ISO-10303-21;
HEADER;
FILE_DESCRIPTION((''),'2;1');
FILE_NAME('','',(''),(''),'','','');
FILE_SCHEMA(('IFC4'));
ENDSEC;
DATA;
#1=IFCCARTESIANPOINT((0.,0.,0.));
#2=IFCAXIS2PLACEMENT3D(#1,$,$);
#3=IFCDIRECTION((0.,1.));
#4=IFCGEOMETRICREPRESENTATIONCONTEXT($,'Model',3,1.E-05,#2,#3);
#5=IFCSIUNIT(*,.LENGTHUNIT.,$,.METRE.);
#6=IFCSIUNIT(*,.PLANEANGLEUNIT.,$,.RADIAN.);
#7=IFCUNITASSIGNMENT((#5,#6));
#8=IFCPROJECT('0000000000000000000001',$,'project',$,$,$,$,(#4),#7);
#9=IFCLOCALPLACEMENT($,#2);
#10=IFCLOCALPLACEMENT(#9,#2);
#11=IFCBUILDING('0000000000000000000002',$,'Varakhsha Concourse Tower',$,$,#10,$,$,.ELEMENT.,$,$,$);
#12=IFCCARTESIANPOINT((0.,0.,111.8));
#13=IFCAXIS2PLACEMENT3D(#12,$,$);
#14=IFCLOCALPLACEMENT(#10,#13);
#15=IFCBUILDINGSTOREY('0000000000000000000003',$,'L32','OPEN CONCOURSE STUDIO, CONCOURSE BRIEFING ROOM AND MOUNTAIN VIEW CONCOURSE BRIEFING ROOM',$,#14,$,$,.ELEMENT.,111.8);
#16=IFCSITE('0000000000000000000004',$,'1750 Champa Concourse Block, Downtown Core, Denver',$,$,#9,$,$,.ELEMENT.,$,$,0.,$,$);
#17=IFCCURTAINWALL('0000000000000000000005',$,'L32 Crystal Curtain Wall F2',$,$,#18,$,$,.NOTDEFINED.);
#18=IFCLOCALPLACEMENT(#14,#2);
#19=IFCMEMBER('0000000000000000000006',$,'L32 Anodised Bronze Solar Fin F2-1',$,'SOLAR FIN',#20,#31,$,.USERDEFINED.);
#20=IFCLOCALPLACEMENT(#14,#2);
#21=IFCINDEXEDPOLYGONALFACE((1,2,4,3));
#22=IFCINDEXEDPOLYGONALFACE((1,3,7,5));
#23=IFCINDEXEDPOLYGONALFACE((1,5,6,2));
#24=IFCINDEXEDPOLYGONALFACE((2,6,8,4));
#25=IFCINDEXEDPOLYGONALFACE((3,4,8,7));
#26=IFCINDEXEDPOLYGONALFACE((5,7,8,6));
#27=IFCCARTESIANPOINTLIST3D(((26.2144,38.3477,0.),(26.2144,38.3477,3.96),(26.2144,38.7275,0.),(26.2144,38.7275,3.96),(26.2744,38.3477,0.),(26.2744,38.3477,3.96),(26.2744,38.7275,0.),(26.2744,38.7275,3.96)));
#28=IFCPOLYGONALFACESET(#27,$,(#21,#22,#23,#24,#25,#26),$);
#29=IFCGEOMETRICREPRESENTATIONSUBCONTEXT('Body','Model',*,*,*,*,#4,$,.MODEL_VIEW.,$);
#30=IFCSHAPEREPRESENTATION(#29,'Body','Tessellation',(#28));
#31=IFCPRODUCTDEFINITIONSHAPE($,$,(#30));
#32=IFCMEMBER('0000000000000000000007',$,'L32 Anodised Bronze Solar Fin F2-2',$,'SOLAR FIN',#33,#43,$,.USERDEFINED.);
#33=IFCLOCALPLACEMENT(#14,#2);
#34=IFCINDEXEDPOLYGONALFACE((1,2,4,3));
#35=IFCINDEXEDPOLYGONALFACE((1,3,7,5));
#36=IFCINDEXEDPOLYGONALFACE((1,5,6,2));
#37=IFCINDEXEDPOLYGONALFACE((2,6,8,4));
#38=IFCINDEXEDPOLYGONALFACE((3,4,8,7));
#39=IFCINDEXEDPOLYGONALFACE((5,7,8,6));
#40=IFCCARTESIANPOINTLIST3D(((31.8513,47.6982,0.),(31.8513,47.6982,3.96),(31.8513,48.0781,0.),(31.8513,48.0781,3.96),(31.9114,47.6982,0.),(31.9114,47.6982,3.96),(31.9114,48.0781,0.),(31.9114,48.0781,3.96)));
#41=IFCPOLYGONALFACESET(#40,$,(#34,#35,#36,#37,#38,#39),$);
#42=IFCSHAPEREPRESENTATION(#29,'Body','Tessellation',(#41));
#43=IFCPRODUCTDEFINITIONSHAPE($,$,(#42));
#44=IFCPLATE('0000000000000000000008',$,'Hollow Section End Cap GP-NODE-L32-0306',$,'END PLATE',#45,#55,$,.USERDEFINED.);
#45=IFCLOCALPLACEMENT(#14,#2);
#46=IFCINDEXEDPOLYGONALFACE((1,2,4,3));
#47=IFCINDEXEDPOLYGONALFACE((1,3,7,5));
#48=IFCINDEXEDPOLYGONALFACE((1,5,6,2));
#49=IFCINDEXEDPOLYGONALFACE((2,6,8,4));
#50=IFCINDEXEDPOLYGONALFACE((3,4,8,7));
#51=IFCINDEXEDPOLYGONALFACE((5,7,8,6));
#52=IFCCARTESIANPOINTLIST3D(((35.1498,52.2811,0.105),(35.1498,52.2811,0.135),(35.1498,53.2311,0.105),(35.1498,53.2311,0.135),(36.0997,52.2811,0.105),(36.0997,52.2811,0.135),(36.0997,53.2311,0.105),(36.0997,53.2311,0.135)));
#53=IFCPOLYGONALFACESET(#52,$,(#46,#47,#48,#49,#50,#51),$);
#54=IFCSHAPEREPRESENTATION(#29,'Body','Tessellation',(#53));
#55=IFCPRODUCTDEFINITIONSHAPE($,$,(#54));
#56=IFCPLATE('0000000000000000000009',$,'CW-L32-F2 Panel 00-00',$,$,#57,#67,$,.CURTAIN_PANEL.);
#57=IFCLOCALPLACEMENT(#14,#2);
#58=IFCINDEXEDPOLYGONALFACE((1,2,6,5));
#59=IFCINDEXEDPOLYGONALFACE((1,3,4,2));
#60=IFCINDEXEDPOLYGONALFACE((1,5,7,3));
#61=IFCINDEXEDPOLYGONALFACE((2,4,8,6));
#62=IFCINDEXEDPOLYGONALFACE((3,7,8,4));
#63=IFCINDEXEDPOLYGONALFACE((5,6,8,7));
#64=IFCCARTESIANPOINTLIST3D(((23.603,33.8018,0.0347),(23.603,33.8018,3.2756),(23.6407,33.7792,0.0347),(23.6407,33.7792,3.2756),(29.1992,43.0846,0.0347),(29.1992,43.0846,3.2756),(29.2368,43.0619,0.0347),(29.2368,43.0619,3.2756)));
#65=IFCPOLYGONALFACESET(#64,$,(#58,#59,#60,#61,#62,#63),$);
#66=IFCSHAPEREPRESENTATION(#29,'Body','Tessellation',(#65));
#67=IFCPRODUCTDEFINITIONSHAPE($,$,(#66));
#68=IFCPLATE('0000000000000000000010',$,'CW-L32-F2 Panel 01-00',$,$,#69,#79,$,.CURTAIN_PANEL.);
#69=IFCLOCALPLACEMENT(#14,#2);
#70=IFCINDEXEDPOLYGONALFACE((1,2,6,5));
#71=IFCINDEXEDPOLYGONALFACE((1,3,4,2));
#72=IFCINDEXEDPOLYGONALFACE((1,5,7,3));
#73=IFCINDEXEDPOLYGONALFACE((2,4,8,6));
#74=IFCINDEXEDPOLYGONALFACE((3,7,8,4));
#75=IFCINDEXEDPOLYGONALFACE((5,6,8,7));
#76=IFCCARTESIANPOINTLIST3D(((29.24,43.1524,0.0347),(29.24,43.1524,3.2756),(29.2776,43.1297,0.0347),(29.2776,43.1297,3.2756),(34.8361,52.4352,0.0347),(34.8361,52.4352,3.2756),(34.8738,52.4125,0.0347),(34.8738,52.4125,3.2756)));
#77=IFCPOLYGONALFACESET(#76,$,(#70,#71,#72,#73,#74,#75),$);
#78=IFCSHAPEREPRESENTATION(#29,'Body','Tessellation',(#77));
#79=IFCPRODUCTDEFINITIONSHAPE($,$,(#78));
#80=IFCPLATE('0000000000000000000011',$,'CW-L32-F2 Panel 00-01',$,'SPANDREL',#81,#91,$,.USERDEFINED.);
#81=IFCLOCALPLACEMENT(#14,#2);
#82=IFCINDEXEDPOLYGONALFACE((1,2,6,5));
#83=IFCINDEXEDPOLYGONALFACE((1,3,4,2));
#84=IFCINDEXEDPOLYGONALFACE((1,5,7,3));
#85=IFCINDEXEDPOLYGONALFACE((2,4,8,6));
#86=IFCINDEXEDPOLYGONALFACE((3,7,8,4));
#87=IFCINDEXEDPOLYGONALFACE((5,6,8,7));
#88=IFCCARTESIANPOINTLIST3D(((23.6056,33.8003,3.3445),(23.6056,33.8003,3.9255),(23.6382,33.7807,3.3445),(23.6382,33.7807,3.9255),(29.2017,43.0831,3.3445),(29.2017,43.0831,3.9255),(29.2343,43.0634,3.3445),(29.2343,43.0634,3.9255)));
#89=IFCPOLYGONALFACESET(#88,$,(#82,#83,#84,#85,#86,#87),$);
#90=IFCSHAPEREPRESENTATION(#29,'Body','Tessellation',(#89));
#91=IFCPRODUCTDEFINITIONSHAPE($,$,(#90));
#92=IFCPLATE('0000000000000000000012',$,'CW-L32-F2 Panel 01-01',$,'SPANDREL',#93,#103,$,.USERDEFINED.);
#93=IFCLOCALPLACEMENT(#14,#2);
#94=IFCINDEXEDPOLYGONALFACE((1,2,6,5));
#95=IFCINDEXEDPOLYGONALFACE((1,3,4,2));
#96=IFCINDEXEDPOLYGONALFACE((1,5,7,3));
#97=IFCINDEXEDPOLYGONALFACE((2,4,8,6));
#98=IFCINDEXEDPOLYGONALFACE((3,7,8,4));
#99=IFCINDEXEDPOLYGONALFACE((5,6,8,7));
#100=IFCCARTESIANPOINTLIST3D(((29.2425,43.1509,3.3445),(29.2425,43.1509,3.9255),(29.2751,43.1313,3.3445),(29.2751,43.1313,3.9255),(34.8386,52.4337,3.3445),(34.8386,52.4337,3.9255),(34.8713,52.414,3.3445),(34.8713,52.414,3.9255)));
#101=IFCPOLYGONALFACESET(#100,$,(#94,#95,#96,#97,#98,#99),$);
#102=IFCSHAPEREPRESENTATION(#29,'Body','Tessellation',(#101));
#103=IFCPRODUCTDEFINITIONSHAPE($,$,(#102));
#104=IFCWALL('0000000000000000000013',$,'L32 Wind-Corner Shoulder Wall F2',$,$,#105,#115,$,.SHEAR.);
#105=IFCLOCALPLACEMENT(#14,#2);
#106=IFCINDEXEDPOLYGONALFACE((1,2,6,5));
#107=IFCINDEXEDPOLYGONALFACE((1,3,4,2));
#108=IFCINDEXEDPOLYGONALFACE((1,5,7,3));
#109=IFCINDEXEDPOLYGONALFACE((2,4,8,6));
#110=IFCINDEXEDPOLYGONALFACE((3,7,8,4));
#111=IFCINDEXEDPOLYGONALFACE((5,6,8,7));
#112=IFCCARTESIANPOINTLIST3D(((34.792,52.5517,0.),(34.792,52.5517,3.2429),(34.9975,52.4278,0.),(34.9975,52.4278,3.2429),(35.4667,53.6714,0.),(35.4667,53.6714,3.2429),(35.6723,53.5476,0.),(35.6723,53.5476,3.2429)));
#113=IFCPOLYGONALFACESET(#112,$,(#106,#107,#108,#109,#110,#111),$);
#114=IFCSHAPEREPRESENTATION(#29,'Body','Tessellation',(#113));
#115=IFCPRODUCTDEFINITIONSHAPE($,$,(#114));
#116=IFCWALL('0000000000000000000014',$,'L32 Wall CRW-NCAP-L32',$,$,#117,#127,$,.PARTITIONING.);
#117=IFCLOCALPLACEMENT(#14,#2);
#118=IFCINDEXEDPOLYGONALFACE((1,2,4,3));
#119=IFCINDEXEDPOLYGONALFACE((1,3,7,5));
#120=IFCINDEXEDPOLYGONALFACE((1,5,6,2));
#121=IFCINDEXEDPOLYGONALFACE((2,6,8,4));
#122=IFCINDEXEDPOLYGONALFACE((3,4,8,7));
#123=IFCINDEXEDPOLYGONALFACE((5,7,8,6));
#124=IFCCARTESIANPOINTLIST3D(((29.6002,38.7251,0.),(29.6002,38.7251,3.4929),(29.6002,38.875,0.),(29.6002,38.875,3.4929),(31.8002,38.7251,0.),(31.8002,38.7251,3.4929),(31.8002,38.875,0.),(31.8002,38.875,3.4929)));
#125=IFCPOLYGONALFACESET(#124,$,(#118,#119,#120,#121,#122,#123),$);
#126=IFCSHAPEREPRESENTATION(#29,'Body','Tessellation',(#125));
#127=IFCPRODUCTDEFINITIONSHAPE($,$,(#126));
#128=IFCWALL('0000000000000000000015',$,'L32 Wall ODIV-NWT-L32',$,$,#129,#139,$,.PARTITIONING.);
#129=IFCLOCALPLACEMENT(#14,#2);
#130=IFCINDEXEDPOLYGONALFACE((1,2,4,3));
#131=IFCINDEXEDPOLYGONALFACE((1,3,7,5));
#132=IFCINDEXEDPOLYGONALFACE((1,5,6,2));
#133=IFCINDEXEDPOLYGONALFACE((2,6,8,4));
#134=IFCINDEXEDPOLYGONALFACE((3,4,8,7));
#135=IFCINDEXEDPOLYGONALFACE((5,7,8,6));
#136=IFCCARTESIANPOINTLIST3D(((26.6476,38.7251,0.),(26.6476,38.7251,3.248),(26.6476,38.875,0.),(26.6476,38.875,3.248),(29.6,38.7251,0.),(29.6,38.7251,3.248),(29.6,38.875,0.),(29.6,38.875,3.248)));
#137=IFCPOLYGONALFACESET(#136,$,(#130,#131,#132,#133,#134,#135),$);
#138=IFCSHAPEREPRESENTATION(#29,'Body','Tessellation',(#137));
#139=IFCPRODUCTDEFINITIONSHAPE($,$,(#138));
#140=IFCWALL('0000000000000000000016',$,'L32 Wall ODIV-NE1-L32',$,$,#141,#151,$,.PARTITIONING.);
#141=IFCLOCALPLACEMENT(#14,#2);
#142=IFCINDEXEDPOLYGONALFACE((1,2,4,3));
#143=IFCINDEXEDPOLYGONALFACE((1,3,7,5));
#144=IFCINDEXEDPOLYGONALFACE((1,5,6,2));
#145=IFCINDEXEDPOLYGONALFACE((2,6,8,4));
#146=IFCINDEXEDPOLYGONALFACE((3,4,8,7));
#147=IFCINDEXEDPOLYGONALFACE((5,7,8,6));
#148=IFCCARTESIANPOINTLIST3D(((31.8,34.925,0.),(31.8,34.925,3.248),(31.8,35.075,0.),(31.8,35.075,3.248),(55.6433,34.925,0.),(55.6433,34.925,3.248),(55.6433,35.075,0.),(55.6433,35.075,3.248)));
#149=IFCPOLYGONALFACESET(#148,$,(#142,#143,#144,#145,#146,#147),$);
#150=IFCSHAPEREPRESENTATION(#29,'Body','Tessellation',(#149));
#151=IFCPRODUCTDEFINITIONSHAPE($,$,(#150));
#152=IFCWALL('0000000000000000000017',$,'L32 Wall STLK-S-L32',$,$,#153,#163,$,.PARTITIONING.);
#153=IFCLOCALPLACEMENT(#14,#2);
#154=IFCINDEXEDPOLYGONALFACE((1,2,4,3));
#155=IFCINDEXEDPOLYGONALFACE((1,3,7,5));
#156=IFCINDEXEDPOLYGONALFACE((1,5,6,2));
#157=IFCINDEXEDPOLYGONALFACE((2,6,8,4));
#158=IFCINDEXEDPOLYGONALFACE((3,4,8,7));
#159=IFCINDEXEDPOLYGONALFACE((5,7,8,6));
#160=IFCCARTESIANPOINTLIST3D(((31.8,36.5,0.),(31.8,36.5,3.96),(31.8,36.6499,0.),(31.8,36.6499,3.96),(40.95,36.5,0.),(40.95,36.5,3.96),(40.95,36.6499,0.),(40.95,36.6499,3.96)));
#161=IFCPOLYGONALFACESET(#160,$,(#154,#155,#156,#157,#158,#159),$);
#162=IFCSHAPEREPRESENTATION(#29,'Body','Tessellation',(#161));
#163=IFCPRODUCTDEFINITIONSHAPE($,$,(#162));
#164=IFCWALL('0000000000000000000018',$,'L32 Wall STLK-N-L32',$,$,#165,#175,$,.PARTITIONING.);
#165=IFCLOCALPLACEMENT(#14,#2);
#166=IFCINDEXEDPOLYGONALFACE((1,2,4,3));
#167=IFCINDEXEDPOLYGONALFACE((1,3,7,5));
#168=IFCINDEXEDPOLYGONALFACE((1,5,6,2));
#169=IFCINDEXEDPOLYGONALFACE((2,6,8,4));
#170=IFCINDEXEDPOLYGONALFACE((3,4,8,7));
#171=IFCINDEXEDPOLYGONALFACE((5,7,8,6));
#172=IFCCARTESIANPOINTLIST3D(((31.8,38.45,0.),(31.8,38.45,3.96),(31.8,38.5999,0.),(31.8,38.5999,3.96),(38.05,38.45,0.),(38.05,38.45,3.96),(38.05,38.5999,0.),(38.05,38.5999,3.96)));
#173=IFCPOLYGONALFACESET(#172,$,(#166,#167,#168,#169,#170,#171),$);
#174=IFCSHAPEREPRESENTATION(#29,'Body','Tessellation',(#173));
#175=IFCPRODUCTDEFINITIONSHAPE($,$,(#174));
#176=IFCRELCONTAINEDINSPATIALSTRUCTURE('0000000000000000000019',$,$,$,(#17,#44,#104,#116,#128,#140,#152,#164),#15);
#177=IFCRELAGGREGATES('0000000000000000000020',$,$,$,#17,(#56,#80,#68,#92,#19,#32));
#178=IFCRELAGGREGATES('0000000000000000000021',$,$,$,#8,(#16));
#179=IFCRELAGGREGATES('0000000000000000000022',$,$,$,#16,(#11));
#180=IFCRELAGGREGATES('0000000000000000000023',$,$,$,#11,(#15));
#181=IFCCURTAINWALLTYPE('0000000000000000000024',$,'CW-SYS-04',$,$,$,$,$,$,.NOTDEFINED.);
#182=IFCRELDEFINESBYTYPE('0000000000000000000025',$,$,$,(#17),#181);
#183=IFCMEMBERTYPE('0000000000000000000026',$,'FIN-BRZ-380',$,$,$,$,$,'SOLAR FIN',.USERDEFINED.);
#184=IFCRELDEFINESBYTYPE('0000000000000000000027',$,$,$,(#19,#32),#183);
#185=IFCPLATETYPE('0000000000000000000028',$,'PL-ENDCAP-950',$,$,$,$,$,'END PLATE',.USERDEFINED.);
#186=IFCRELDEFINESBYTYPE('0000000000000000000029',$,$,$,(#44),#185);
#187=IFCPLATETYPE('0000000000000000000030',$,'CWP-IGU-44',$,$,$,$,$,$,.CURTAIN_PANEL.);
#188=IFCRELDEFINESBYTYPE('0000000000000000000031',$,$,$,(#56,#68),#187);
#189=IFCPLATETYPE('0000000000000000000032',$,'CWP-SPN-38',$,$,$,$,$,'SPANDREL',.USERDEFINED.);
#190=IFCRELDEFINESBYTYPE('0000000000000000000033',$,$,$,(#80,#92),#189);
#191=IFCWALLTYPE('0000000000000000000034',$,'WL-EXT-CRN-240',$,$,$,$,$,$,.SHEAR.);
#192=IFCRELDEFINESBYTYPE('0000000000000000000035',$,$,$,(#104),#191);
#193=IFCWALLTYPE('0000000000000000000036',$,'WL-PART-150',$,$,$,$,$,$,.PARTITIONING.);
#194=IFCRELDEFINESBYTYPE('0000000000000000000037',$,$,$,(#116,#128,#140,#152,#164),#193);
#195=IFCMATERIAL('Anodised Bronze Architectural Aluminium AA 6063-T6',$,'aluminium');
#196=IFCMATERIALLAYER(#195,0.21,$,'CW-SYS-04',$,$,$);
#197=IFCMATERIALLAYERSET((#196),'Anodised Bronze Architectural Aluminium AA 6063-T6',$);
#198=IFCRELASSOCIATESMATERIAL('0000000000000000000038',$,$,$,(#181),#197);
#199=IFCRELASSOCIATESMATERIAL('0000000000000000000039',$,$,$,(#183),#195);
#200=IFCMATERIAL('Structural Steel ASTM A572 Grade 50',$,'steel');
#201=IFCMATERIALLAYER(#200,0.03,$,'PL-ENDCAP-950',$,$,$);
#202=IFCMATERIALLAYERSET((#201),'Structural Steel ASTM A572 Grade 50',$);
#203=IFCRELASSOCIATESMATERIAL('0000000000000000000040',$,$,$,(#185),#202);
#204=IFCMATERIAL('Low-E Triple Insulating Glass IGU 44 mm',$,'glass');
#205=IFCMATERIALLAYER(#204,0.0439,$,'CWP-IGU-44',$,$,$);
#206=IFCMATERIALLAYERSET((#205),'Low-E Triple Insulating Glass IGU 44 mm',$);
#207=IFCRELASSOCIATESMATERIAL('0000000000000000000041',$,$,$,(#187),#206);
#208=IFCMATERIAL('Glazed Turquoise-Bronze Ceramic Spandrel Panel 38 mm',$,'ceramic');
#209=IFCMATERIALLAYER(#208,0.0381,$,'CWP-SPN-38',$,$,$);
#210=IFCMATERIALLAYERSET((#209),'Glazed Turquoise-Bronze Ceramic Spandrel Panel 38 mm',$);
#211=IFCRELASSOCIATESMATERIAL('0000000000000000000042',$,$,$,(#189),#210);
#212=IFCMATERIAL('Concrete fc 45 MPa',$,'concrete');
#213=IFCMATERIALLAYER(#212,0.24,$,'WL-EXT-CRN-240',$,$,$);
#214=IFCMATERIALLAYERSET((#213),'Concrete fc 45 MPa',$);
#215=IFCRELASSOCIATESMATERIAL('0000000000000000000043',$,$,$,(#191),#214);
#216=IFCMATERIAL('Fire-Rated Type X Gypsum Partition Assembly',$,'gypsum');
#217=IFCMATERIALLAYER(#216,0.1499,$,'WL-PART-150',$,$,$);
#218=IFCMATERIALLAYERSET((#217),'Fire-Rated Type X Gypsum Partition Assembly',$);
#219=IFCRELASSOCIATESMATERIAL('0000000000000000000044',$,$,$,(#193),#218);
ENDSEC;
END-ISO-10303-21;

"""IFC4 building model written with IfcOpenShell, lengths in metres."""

from ifc_helpers import new_model, si_unit, direction, frame, frame_2d, origin, origin_2d, place, context, subcontext, project, spatial, rectangle, extrude, source, transform, mapped, material, layer, layer_set, material_profile, profile_set, type_object, type_shapes, element, aggregate, save


model = new_model("IFC4")

# Units and contexts
model_context = context("Model", 3, precision=1e-05, world=origin(), true_north=direction((0.0, 1.0)))
body_context = subcontext(model_context, "Body", "Model", "MODEL_VIEW")
ifc_project = project(units=[si_unit("LENGTHUNIT", "METRE"), si_unit("PLANEANGLEUNIT", "RADIAN")], contexts=[model_context])

# Site, building, storey
site_placement = place(None, origin())
site = spatial("IfcSite", under=ifc_project, at=site_placement, Name="1750 Champa Concourse Block, Downtown Core, Denver", CompositionType="ELEMENT", RefElevation=0.0)
building_placement = place(site_placement, origin())
building = spatial("IfcBuilding", under=site, at=building_placement, Name="Varakhsha Concourse Tower", CompositionType="ELEMENT")
storey_placement = place(building_placement, frame((0.0, 0.0, 111.8)))
storey = spatial("IfcBuildingStorey", under=building, at=storey_placement, Name="L32", Description="OPEN CONCOURSE STUDIO, CONCOURSE BRIEFING ROOM AND MOUNTAIN VIEW CONCOURSE BRIEFING ROOM", CompositionType="ELEMENT", Elevation=111.8)

# Shared definitions
ifc_material_1 = material(Name="Structural Steel ASTM A572 Grade 50", Category="steel")

# Shared definitions
ifc_material_2 = material(Name="Anodised Bronze Architectural Aluminium AA 6063-T6", Category="aluminium")
ifc_layer_1 = layer(ifc_material_2, 0.21, Name="CW-SYS-04")
ifc_layer_set_1 = layer_set([ifc_layer_1], Name="Anodised Bronze Architectural Aluminium AA 6063-T6")
curtain_wall_type = type_object("IfcCurtainWallType", Name="CW-SYS-04", PredefinedType="NOTDEFINED", material=ifc_layer_set_1)

# Curtain wall
curtain_wall_1_placement = place(storey_placement, origin())
curtain_wall_1 = element("IfcCurtainWall", 1, at=curtain_wall_1_placement, inside=storey, type_object=curtain_wall_type, Name="L32 Crystal Curtain Wall F2", PredefinedType="NOTDEFINED")

# Members
ifc_material_profile_1 = material_profile(ifc_material_2, rectangle(XDim=0.0601, YDim=0.3799, at=origin_2d()), Name="FIN-BRZ-380")
ifc_profile_set_1 = profile_set([ifc_material_profile_1], Name="Anodised Bronze Architectural Aluminium AA 6063-T6")
member_type_1 = type_object("IfcMemberType", Name="FIN-BRZ-380", ElementType="SOLAR FIN", PredefinedType="USERDEFINED", material=ifc_profile_set_1)
shared_shape_1 = source(origin(), body_context, "Body", "SweptSolid", [
    extrude(rectangle(XDim=0.0601, YDim=0.3799, at=origin_2d()), origin(), (0.0, 0.0, 1.0), 3.96),
])
type_shapes(member_type_1, [shared_shape_1])
member_1_placement = place(storey_placement, frame((26.2444, 38.5376, 0.0), z_axis=(0.0, 0.0, 1.0), x_axis=(1.0, 0.0, 0.0)))
member_1 = element("IfcMember", 2, at=member_1_placement, type_object=member_type_1, Name="L32 Anodised Bronze Solar Fin F2-1", ObjectType="SOLAR FIN", PredefinedType="USERDEFINED", context=body_context, shape_type="MappedRepresentation", body=[
    mapped(shared_shape_1, transform((0.0, 0.0, 0.0), scale=1.0)),
])
member_2_placement = place(storey_placement, frame((31.8813, 47.8882, 0.0), z_axis=(0.0, 0.0, 1.0), x_axis=(1.0, 0.0, 0.0)))
member_2 = element("IfcMember", 3, at=member_2_placement, type_object=member_type_1, Name="L32 Anodised Bronze Solar Fin F2-2", ObjectType="SOLAR FIN", PredefinedType="USERDEFINED", context=body_context, shape_type="MappedRepresentation", body=[
    mapped(shared_shape_1, transform((0.0, 0.0, 0.0), scale=1.0)),
])

# Plates
ifc_layer_2 = layer(ifc_material_1, 0.03, Name="PL-ENDCAP-950")
ifc_layer_set_2 = layer_set([ifc_layer_2], Name="Structural Steel ASTM A572 Grade 50")
plate_type_1 = type_object("IfcPlateType", Name="PL-ENDCAP-950", ElementType="END PLATE", PredefinedType="USERDEFINED", material=ifc_layer_set_2)
shared_shape_2 = source(origin(), body_context, "Body", "SweptSolid", [
    extrude(rectangle(XDim=0.95, YDim=0.95, at=origin_2d()), origin(), (0.0, 0.0, 1.0), 0.03),
])
type_shapes(plate_type_1, [shared_shape_2])
plate_1_placement = place(storey_placement, frame((35.6248, 52.7561, 0.105), z_axis=(0.0, 0.0, 1.0), x_axis=(1.0, 0.0, 0.0)))
element("IfcPlate", 4, at=plate_1_placement, inside=storey, type_object=plate_type_1, Name="Hollow Section End Cap GP-NODE-L32-0306", ObjectType="END PLATE", PredefinedType="USERDEFINED", context=body_context, shape_type="MappedRepresentation", body=[
    mapped(shared_shape_2, transform((0.0, 0.0, 0.0), scale=1.0)),
])
ifc_material_3 = material(Name="Low-E Triple Insulating Glass IGU 44 mm", Category="glass")
ifc_layer_3 = layer(ifc_material_3, 0.0439, Name="CWP-IGU-44")
ifc_layer_set_3 = layer_set([ifc_layer_3], Name="Low-E Triple Insulating Glass IGU 44 mm")
plate_type_2 = type_object("IfcPlateType", Name="CWP-IGU-44", PredefinedType="CURTAIN_PANEL", material=ifc_layer_set_3)
shared_shape_3 = source(origin(), body_context, "Body", "SweptSolid", [
    extrude(rectangle(XDim=10.8391, YDim=0.0439, at=origin_2d()), origin(), (0.0, 0.0, 1.0), 3.241),
])
type_shapes(plate_type_2, [shared_shape_3])
plate_2_placement = place(storey_placement, frame((26.4199, 38.4319, 0.0347), z_axis=(0.0, 0.0, 1.0), x_axis=(0.51629, 0.856414, 0.0)))
plate_2 = element("IfcPlate", 5, at=plate_2_placement, type_object=plate_type_2, Name="CW-L32-F2 Panel 00-00", PredefinedType="CURTAIN_PANEL", context=body_context, shape_type="MappedRepresentation", body=[
    mapped(shared_shape_3, transform((0.0, 0.0, 0.0), scale=1.0)),
])
plate_3_placement = place(storey_placement, frame((32.0569, 47.7825, 0.0347), z_axis=(0.0, 0.0, 1.0), x_axis=(0.51629, 0.856414, 0.0)))
plate_3 = element("IfcPlate", 6, at=plate_3_placement, type_object=plate_type_2, Name="CW-L32-F2 Panel 01-00", PredefinedType="CURTAIN_PANEL", context=body_context, shape_type="MappedRepresentation", body=[
    mapped(shared_shape_3, transform((0.0, 0.0, 0.0), scale=1.0)),
])
ifc_material_4 = material(Name="Glazed Turquoise-Bronze Ceramic Spandrel Panel 38 mm", Category="ceramic")
ifc_layer_4 = layer(ifc_material_4, 0.0381, Name="CWP-SPN-38")
ifc_layer_set_4 = layer_set([ifc_layer_4], Name="Glazed Turquoise-Bronze Ceramic Spandrel Panel 38 mm")
plate_type_3 = type_object("IfcPlateType", Name="CWP-SPN-38", ElementType="SPANDREL", PredefinedType="USERDEFINED", material=ifc_layer_set_4)
shared_shape_4 = source(origin(), body_context, "Body", "SweptSolid", [
    extrude(rectangle(XDim=10.8391, YDim=0.0381, at=origin_2d()), origin(), (0.0, 0.0, 1.0), 0.5811),
])
type_shapes(plate_type_3, [shared_shape_4])
plate_4_placement = place(storey_placement, frame((26.4199, 38.4319, 3.3445), z_axis=(0.0, 0.0, 1.0), x_axis=(0.51629, 0.856414, 0.0)))
plate_4 = element("IfcPlate", 7, at=plate_4_placement, type_object=plate_type_3, Name="CW-L32-F2 Panel 00-01", ObjectType="SPANDREL", PredefinedType="USERDEFINED", context=body_context, shape_type="MappedRepresentation", body=[
    mapped(shared_shape_4, transform((0.0, 0.0, 0.0), scale=1.0)),
])
plate_5_placement = place(storey_placement, frame((32.0569, 47.7825, 3.3445), z_axis=(0.0, 0.0, 1.0), x_axis=(0.51629, 0.856414, 0.0)))
plate_5 = element("IfcPlate", 8, at=plate_5_placement, type_object=plate_type_3, Name="CW-L32-F2 Panel 01-01", ObjectType="SPANDREL", PredefinedType="USERDEFINED", context=body_context, shape_type="MappedRepresentation", body=[
    mapped(shared_shape_4, transform((0.0, 0.0, 0.0), scale=1.0)),
])
aggregate(curtain_wall_1, [plate_2, plate_4, plate_3, plate_5, member_1, member_2])

# Walls
ifc_material_5 = material(Name="Concrete fc 45 MPa", Category="concrete")
ifc_layer_5 = layer(ifc_material_5, 0.24, Name="WL-EXT-CRN-240")
ifc_layer_set_5 = layer_set([ifc_layer_5], Name="Concrete fc 45 MPa")
wall_type_1 = type_object("IfcWallType", Name="WL-EXT-CRN-240", PredefinedType="SHEAR", material=ifc_layer_set_5)
wall_1_placement = place(storey_placement, frame((35.5696, 53.6096, 0.0), z_axis=(0.0, 0.0, 1.0), x_axis=(-0.516115, -0.856519, 0.0)))
element("IfcWall", 9, at=wall_1_placement, inside=storey, type_object=wall_type_1, Name="L32 Wind-Corner Shoulder Wall F2", PredefinedType="SHEAR", context=body_context, shape_type="SweptSolid", body=[
    extrude(rectangle(XDim=1.3074, YDim=0.24, at=frame_2d((0.6538, 0.0))), origin(), (0.0, 0.0, 1.0), 3.2429),
])
ifc_material_6 = material(Name="Fire-Rated Type X Gypsum Partition Assembly", Category="gypsum")
ifc_layer_6 = layer(ifc_material_6, 0.1499, Name="WL-PART-150")
ifc_layer_set_6 = layer_set([ifc_layer_6], Name="Fire-Rated Type X Gypsum Partition Assembly")
wall_type_2 = type_object("IfcWallType", Name="WL-PART-150", PredefinedType="PARTITIONING", material=ifc_layer_set_6)
wall_2_placement = place(storey_placement, frame((29.6001, 38.8, 0.0), z_axis=(0.0, 0.0, 1.0), x_axis=(1.0, 0.0, 0.0)))
element("IfcWall", 10, at=wall_2_placement, inside=storey, type_object=wall_type_2, Name="L32 Wall CRW-NCAP-L32", PredefinedType="PARTITIONING", context=body_context, shape_type="SweptSolid", body=[
    extrude(rectangle(XDim=2.2, YDim=0.1499, at=frame_2d((1.1001, 0.0))), origin(), (0.0, 0.0, 1.0), 3.4929),
])
wall_3_placement = place(storey_placement, frame((26.6477, 38.8, 0.0), z_axis=(0.0, 0.0, 1.0), x_axis=(1.0, 0.0, 0.0)))
element("IfcWall", 11, at=wall_3_placement, inside=storey, type_object=wall_type_2, Name="L32 Wall ODIV-NWT-L32", PredefinedType="PARTITIONING", context=body_context, shape_type="SweptSolid", body=[
    extrude(rectangle(XDim=2.9524, YDim=0.1499, at=frame_2d((1.4761, 0.0))), origin(), (0.0, 0.0, 1.0), 3.248),
])
wall_4_placement = place(storey_placement, frame((31.8, 35.0, 0.0), z_axis=(0.0, 0.0, 1.0), x_axis=(1.0, 0.0, 0.0)))
element("IfcWall", 12, at=wall_4_placement, inside=storey, type_object=wall_type_2, Name="L32 Wall ODIV-NE1-L32", PredefinedType="PARTITIONING", context=body_context, shape_type="SweptSolid", body=[
    extrude(rectangle(XDim=23.8433, YDim=0.1499, at=frame_2d((11.9216, 0.0))), origin(), (0.0, 0.0, 1.0), 3.248),
])
wall_5_placement = place(storey_placement, frame((31.8, 36.575, 0.0), z_axis=(0.0, 0.0, 1.0), x_axis=(1.0, 0.0, 0.0)))
element("IfcWall", 13, at=wall_5_placement, inside=storey, type_object=wall_type_2, Name="L32 Wall STLK-S-L32", PredefinedType="PARTITIONING", context=body_context, shape_type="SweptSolid", body=[
    extrude(rectangle(XDim=9.1499, YDim=0.1499, at=frame_2d((4.575, 0.0))), origin(), (0.0, 0.0, 1.0), 3.96),
])
wall_6_placement = place(storey_placement, frame((31.8, 38.5249, 0.0), z_axis=(0.0, 0.0, 1.0), x_axis=(1.0, 0.0, 0.0)))
element("IfcWall", 14, at=wall_6_placement, inside=storey, type_object=wall_type_2, Name="L32 Wall STLK-N-L32", PredefinedType="PARTITIONING", context=body_context, shape_type="SweptSolid", body=[
    extrude(rectangle(XDim=6.25, YDim=0.1499, at=frame_2d((3.125, 0.0))), origin(), (0.0, 0.0, 1.0), 3.96),
])

save(model, "model.ifc")
